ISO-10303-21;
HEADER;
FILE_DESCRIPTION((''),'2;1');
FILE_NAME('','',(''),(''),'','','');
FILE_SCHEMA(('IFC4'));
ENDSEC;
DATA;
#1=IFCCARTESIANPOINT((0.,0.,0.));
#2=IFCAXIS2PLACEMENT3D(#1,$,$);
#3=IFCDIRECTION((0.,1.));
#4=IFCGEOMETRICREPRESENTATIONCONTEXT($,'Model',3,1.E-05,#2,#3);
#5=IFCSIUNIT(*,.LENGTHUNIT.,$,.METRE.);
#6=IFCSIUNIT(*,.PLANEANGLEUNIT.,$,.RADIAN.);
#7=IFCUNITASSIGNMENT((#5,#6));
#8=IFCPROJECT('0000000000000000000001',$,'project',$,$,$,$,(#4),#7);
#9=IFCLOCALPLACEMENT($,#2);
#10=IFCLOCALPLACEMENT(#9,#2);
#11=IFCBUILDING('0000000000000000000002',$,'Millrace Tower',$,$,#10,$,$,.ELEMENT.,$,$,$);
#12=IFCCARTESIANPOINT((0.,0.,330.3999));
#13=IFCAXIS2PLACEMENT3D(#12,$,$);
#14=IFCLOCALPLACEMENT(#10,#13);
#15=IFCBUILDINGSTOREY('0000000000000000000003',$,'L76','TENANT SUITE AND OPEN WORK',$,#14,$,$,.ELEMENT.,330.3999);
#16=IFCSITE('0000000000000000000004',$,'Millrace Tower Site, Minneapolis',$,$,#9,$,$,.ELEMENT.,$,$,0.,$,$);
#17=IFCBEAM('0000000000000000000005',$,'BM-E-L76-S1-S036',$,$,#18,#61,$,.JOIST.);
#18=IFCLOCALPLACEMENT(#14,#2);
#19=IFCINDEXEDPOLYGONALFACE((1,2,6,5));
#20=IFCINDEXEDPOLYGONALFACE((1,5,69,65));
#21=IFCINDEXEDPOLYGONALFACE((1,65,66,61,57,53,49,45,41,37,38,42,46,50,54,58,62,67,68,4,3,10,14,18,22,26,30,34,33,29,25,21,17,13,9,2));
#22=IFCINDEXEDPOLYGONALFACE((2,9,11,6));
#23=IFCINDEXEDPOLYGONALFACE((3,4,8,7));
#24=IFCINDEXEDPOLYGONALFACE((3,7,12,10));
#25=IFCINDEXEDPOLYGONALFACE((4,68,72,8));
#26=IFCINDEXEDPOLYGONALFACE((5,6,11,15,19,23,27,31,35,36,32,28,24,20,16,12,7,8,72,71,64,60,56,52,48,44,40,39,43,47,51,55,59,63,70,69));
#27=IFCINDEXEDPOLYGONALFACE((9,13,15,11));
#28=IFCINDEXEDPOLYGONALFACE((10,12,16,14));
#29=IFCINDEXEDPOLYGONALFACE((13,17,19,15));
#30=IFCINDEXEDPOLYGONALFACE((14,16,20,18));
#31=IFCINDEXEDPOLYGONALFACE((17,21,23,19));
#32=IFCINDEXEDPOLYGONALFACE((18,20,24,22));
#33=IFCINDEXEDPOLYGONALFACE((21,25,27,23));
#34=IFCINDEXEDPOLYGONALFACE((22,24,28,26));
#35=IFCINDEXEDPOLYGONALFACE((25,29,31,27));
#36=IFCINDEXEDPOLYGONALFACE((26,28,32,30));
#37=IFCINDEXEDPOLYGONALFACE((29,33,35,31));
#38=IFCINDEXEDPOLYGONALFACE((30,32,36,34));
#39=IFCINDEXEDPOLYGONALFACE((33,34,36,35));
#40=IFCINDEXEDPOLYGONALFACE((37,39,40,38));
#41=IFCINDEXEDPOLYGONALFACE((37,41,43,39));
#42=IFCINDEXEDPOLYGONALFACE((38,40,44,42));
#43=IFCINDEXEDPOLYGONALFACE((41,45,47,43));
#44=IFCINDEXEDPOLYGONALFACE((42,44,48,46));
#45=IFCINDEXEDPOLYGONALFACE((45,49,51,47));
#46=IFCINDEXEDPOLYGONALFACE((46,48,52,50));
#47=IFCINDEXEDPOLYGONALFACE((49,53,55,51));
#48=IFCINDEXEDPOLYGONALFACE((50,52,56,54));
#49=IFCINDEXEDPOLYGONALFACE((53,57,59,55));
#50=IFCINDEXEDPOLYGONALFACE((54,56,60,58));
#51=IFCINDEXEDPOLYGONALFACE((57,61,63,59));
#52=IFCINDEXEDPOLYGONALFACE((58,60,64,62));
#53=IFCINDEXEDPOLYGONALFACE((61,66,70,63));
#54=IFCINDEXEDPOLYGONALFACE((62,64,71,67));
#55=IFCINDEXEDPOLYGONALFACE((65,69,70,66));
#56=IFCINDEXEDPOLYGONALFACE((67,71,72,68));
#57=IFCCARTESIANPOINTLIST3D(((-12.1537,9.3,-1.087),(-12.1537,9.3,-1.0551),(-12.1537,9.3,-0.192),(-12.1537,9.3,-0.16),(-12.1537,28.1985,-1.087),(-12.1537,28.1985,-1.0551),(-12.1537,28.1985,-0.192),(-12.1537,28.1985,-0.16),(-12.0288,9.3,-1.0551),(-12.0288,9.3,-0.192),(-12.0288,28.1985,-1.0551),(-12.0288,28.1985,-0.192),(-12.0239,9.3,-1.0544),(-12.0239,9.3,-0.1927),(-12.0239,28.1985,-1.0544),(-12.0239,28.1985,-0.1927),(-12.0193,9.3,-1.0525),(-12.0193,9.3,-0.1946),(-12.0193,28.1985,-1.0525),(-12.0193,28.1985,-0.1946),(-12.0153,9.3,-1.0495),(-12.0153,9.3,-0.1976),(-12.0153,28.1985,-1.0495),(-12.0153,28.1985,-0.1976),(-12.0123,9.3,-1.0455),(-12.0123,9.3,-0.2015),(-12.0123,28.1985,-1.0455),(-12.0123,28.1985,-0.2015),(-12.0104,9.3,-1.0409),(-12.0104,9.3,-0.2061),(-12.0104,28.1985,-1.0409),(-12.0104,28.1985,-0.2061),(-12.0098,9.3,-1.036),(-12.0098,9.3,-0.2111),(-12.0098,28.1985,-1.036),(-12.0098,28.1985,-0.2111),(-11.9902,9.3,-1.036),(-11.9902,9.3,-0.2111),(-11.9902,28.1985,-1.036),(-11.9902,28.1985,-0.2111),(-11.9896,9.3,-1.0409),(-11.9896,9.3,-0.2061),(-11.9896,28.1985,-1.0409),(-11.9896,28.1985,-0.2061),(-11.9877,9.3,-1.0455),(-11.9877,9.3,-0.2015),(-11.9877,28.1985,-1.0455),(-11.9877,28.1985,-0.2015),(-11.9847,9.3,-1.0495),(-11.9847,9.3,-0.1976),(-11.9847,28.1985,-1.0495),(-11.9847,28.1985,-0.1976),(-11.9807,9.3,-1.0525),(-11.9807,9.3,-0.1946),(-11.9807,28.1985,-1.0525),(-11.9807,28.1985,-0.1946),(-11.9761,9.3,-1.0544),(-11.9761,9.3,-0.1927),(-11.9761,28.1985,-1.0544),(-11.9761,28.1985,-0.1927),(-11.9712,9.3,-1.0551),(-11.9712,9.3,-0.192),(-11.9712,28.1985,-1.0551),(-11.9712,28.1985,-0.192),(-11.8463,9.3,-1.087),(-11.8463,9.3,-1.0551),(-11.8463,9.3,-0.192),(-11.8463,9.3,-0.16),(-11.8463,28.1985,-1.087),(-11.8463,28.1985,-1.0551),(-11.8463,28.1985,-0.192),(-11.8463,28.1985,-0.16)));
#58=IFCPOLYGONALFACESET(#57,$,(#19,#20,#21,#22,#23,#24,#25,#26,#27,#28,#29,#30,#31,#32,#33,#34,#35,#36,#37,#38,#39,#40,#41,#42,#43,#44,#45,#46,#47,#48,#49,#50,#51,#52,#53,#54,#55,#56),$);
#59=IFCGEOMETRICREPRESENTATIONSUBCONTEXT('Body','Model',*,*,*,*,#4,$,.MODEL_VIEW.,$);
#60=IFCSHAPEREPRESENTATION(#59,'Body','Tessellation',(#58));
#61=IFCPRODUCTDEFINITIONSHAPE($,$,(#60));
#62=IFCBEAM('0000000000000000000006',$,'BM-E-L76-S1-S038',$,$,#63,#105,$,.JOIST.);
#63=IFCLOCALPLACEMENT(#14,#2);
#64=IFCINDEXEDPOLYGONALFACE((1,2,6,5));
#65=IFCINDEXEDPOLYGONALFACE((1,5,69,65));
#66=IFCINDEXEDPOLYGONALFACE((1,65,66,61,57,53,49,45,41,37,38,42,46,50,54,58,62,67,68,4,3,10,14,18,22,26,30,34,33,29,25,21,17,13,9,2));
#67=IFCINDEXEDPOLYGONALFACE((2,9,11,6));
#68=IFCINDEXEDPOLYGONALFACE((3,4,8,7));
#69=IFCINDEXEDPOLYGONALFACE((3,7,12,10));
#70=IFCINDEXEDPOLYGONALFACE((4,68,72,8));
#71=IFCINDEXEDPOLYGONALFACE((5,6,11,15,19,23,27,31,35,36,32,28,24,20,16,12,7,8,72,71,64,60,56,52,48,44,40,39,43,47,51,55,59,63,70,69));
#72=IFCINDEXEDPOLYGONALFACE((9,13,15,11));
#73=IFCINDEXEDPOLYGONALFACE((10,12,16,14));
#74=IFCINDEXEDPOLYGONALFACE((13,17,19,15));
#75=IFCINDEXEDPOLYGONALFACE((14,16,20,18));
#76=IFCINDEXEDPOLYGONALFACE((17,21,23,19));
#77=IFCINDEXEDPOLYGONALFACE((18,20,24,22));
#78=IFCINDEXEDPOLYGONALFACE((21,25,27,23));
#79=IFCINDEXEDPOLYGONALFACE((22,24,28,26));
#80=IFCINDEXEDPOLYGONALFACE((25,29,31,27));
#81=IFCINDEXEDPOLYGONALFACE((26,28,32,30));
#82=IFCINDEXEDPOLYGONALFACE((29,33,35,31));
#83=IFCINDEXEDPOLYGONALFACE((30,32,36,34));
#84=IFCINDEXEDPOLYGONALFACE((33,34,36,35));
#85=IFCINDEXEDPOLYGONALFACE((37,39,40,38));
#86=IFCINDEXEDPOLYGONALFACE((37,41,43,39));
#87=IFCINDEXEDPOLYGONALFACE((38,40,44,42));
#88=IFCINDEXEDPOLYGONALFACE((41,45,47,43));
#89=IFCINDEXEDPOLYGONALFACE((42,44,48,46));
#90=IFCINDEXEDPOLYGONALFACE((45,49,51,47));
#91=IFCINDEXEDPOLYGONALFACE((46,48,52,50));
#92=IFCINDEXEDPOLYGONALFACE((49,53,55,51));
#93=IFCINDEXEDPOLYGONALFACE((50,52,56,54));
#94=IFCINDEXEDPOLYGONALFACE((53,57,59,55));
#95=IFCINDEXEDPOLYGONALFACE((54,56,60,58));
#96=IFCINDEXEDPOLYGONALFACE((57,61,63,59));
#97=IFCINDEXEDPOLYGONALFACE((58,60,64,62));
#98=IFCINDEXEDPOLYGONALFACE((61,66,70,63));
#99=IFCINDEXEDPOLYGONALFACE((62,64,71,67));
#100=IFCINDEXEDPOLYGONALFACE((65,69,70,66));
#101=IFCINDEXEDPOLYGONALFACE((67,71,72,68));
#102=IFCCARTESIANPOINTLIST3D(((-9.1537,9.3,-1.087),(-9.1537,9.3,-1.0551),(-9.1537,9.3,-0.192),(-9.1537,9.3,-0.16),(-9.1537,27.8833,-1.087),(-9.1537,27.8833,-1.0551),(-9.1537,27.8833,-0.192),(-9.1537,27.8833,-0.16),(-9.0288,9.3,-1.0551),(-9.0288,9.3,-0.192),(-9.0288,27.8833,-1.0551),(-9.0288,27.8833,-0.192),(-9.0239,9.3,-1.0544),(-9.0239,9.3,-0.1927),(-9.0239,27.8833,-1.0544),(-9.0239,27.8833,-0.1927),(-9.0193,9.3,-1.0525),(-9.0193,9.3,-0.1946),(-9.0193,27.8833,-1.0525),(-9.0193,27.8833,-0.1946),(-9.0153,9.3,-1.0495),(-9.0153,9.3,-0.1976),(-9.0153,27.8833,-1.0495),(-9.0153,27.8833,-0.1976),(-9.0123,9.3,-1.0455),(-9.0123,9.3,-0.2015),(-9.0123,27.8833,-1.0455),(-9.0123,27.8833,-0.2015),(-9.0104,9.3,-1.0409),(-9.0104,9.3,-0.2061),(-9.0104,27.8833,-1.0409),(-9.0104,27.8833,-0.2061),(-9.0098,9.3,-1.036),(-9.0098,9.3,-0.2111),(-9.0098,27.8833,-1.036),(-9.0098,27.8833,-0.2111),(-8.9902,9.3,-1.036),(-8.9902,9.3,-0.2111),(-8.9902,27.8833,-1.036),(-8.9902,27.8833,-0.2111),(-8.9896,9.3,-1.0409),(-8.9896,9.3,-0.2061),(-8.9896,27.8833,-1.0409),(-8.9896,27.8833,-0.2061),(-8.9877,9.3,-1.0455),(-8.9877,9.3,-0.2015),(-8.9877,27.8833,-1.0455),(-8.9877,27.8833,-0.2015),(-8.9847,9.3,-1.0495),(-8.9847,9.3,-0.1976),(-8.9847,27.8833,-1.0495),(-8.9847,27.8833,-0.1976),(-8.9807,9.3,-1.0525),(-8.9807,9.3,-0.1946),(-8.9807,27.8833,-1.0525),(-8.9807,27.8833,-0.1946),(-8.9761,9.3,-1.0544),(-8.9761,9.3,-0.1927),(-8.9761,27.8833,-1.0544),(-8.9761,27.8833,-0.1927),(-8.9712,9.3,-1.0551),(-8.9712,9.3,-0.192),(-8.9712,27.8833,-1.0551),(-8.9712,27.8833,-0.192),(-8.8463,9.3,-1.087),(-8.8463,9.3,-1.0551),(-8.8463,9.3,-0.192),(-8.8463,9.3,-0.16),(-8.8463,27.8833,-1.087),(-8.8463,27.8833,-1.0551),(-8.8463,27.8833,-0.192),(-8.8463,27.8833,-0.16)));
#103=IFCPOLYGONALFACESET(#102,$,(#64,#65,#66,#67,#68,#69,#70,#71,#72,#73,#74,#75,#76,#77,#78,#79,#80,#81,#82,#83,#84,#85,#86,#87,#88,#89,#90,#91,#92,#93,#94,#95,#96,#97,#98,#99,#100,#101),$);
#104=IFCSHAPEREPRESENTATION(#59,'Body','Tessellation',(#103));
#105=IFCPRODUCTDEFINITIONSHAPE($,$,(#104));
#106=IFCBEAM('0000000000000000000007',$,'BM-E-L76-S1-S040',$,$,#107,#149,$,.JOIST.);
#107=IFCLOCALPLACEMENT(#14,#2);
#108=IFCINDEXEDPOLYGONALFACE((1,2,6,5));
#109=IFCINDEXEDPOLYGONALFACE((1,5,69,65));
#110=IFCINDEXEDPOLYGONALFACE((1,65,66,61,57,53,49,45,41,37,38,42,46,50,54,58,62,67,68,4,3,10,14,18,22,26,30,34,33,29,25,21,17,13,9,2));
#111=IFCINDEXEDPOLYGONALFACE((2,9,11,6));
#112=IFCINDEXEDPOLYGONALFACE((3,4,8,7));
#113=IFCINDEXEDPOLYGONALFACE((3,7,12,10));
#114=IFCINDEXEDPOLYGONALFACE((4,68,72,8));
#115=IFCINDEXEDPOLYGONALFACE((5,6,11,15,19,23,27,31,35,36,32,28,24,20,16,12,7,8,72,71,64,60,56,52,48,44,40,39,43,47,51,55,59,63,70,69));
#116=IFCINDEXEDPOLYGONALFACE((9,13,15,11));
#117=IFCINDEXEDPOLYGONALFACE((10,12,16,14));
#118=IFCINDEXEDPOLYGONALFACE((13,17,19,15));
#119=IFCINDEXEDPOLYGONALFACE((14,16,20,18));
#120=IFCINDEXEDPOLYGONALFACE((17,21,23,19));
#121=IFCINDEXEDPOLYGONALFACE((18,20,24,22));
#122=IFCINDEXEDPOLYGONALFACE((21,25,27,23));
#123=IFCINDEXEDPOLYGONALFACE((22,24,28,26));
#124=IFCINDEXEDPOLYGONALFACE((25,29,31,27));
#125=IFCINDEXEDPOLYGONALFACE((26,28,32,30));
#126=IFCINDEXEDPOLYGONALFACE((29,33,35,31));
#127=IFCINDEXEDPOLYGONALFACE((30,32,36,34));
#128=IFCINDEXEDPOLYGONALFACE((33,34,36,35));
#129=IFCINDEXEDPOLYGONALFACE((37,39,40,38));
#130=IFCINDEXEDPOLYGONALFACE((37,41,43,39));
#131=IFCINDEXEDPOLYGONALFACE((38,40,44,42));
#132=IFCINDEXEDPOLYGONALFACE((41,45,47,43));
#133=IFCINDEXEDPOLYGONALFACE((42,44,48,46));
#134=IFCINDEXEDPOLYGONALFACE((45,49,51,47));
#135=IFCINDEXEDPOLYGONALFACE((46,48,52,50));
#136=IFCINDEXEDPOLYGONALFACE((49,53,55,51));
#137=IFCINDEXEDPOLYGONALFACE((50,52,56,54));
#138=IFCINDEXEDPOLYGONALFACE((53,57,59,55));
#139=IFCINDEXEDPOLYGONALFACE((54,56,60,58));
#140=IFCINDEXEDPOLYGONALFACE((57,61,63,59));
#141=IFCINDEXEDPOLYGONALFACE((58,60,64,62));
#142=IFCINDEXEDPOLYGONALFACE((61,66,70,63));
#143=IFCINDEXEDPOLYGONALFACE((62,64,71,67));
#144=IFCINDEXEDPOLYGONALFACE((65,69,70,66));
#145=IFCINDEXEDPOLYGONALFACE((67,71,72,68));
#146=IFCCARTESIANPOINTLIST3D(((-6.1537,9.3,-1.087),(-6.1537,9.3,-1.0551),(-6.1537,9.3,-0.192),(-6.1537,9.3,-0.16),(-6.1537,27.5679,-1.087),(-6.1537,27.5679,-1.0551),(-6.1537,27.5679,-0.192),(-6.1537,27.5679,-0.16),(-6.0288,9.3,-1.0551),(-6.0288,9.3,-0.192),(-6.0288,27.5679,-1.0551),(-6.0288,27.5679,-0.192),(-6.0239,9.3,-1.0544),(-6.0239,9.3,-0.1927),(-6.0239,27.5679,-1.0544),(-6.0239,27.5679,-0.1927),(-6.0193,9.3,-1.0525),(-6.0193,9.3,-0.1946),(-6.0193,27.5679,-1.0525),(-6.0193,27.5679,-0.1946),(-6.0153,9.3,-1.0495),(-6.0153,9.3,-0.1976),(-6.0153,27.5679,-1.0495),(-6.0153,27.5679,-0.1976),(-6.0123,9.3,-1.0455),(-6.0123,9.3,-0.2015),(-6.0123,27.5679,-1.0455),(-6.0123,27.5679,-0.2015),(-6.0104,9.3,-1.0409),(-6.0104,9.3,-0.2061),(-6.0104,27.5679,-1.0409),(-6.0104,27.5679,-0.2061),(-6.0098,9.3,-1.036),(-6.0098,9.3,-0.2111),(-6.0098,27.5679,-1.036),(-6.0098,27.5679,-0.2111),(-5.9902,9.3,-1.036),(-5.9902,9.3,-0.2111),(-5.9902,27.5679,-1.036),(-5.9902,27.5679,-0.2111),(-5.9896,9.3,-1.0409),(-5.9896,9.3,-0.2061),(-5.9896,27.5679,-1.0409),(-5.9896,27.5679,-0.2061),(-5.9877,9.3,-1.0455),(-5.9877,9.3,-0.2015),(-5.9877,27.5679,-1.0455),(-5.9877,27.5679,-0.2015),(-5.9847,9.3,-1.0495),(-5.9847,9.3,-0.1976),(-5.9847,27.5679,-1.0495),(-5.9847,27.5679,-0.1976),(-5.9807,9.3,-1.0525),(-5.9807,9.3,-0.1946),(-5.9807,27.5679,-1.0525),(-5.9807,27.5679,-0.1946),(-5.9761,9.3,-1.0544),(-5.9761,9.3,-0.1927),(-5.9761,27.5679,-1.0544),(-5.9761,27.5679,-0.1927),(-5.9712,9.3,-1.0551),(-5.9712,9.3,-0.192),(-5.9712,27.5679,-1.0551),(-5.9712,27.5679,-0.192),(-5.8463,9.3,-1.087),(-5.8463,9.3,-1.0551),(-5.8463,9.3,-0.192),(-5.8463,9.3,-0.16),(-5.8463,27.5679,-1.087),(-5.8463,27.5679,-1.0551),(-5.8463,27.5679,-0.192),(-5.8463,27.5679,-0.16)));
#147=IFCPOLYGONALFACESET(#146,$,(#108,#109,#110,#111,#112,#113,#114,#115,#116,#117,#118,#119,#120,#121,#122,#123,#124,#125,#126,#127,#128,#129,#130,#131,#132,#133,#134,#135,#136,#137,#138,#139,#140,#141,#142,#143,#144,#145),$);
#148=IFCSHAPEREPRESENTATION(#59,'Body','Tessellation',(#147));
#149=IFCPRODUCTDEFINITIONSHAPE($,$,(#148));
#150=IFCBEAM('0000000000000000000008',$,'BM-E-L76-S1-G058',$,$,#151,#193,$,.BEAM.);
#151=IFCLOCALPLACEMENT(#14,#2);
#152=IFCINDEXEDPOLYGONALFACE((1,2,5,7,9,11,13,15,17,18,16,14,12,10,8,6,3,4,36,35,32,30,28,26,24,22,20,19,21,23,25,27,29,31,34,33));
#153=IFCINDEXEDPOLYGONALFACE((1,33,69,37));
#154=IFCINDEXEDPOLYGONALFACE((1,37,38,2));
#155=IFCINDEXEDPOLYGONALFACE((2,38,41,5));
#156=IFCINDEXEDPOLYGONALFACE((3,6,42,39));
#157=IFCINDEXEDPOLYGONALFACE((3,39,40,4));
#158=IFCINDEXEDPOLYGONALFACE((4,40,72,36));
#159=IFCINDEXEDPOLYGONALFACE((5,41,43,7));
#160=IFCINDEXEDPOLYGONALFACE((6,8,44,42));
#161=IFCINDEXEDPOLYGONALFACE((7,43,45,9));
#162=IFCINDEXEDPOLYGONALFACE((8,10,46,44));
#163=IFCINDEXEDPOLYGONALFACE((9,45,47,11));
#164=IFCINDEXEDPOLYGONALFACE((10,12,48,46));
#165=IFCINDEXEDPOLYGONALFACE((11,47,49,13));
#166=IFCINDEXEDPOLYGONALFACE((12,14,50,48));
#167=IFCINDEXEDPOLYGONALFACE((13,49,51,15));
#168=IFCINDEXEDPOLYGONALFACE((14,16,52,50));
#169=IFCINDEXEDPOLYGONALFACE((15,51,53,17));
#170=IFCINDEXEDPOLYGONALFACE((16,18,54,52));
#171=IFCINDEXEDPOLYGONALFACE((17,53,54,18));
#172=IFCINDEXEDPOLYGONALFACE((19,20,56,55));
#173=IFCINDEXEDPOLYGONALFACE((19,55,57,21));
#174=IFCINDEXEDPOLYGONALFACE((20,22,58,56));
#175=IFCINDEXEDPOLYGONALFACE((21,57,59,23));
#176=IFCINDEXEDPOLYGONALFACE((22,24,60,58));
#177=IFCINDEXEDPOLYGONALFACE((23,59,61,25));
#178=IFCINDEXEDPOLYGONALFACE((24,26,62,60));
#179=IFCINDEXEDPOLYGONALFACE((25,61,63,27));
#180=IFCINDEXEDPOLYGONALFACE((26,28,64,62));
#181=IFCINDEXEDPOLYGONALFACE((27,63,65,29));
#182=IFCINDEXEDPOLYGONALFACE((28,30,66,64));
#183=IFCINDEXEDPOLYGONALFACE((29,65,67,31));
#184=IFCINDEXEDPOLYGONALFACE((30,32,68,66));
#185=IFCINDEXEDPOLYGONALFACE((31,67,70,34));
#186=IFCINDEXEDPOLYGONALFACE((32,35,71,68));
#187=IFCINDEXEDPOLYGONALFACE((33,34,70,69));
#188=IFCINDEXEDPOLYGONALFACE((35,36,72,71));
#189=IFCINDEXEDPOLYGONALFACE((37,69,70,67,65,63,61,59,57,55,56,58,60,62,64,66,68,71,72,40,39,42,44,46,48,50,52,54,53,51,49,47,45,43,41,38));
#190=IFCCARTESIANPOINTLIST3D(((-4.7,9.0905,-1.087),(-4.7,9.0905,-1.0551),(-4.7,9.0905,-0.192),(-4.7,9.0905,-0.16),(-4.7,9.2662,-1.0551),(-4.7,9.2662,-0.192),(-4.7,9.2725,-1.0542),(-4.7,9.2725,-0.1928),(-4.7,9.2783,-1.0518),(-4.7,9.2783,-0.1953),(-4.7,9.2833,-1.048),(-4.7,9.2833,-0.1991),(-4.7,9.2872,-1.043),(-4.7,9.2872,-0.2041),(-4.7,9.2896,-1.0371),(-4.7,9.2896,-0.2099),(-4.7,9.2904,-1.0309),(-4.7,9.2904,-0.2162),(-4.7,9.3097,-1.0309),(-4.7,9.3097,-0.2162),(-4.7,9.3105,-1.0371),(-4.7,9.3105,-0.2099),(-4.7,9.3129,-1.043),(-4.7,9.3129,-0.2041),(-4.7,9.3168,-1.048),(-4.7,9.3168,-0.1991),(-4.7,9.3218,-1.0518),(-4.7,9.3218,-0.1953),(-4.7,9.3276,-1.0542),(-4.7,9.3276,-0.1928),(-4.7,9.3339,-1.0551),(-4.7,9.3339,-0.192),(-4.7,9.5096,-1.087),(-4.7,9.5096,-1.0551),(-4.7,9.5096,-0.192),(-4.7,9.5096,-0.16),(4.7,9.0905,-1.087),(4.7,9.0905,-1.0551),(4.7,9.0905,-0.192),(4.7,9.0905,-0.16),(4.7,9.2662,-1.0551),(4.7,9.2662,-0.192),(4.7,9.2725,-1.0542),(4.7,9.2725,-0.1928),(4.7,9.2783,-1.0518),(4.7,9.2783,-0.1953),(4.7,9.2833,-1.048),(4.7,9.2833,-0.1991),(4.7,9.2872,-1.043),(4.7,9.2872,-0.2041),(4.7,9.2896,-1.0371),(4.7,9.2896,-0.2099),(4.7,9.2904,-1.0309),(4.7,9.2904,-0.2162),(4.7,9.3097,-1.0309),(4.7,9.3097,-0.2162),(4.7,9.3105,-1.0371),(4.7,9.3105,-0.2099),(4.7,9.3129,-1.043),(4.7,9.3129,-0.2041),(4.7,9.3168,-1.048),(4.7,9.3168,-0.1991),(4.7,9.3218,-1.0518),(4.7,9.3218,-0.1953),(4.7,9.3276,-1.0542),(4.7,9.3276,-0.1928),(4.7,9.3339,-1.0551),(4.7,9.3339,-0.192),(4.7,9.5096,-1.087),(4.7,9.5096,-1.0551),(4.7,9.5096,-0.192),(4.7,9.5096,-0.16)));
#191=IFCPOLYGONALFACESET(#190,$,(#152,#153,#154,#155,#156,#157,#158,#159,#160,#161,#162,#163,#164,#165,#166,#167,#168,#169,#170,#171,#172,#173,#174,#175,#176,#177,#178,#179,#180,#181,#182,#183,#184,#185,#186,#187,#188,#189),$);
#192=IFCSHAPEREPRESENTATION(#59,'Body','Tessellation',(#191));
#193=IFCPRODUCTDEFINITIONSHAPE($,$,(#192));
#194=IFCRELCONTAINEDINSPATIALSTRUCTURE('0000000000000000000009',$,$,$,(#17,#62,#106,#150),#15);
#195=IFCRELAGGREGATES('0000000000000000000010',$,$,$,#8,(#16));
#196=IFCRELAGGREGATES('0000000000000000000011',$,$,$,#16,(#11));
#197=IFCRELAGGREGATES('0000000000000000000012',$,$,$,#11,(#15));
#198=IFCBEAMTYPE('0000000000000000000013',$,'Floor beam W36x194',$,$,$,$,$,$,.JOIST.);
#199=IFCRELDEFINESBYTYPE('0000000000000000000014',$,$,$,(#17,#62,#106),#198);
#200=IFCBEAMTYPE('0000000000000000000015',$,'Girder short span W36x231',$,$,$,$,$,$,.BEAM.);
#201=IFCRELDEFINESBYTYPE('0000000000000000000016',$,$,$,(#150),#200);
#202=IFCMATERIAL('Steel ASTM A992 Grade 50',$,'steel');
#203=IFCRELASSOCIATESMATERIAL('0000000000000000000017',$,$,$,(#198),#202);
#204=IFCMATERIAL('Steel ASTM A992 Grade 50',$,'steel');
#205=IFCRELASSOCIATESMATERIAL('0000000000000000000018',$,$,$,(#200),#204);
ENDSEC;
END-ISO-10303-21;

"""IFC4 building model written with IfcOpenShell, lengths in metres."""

from ifc_helpers import new_model, si_unit, direction, frame, origin, origin_2d, place, context, subcontext, project, spatial, i_section, extrude, material, material_profile, profile_set, type_object, element, save


model = new_model("IFC4")

# Units and contexts
model_context = context("Model", 3, precision=1e-05, world=origin(), true_north=direction((0.0, 1.0)))
body_context = subcontext(model_context, "Body", "Model", "MODEL_VIEW")
ifc_project = project(units=[si_unit("LENGTHUNIT", "METRE"), si_unit("PLANEANGLEUNIT", "RADIAN")], contexts=[model_context])

# Site, building, storey
site_placement = place(None, origin())
site = spatial("IfcSite", under=ifc_project, at=site_placement, Name="Millrace Tower Site, Minneapolis", CompositionType="ELEMENT", RefElevation=0.0)
building_placement = place(site_placement, origin())
building = spatial("IfcBuilding", under=site, at=building_placement, Name="Millrace Tower", CompositionType="ELEMENT")
storey_placement = place(building_placement, frame((0.0, 0.0, 330.3999)))
storey = spatial("IfcBuildingStorey", under=building, at=storey_placement, Name="L76", Description="TENANT SUITE AND OPEN WORK", CompositionType="ELEMENT", Elevation=330.3999)

# Beams
ifc_material_1 = material(Name="Steel ASTM A992 Grade 50", Category="steel")
ifc_material_profile_1 = material_profile(ifc_material_1, i_section(OverallWidth=0.3074, OverallDepth=0.927, WebThickness=0.0195, FlangeThickness=0.032, FilletRadius=0.019, at=origin_2d()))
ifc_profile_set_1 = profile_set([ifc_material_profile_1], Name="Steel ASTM A992 Grade 50")
beam_type_1 = type_object("IfcBeamType", Name="Floor beam W36x194", PredefinedType="JOIST", material=ifc_profile_set_1)
beam_1_placement = place(storey_placement, frame((-12.0, 9.3, -0.6235), z_axis=(0.0, 1.0, 0.0), x_axis=(-1.0, 0.0, 0.0)))
element("IfcBeam", 1, at=beam_1_placement, inside=storey, type_object=beam_type_1, Name="BM-E-L76-S1-S036", PredefinedType="JOIST", context=body_context, shape_type="SweptSolid", body=[
    extrude(i_section(OverallWidth=0.3074, OverallDepth=0.927, WebThickness=0.0195, FlangeThickness=0.032, FilletRadius=0.019, at=origin_2d()), origin(), (0.0, 0.0, 1.0), 18.8984),
])
beam_2_placement = place(storey_placement, frame((-9.0, 9.3, -0.6235), z_axis=(0.0, 1.0, 0.0), x_axis=(-1.0, 0.0, 0.0)))
element("IfcBeam", 2, at=beam_2_placement, inside=storey, type_object=beam_type_1, Name="BM-E-L76-S1-S038", PredefinedType="JOIST", context=body_context, shape_type="SweptSolid", body=[
    extrude(i_section(OverallWidth=0.3074, OverallDepth=0.927, WebThickness=0.0195, FlangeThickness=0.032, FilletRadius=0.019, at=origin_2d()), origin(), (0.0, 0.0, 1.0), 18.5833),
])
beam_3_placement = place(storey_placement, frame((-6.0, 9.3, -0.6235), z_axis=(0.0, 1.0, 0.0), x_axis=(-1.0, 0.0, 0.0)))
element("IfcBeam", 3, at=beam_3_placement, inside=storey, type_object=beam_type_1, Name="BM-E-L76-S1-S040", PredefinedType="JOIST", context=body_context, shape_type="SweptSolid", body=[
    extrude(i_section(OverallWidth=0.3074, OverallDepth=0.927, WebThickness=0.0195, FlangeThickness=0.032, FilletRadius=0.019, at=origin_2d()), origin(), (0.0, 0.0, 1.0), 18.2678),
])
ifc_material_2 = material(Name="Steel ASTM A992 Grade 50", Category="steel")
ifc_material_profile_2 = material_profile(ifc_material_2, i_section(OverallWidth=0.4192, OverallDepth=0.927, WebThickness=0.0193, FlangeThickness=0.032, FilletRadius=0.0242, at=origin_2d()))
ifc_profile_set_2 = profile_set([ifc_material_profile_2], Name="Steel ASTM A992 Grade 50")
beam_type_2 = type_object("IfcBeamType", Name="Girder short span W36x231", PredefinedType="BEAM", material=ifc_profile_set_2)
beam_4_placement = place(storey_placement, frame((-4.7, 9.3, -0.6235), z_axis=(1.0, 0.0, 0.0), x_axis=(0.0, 1.0, 0.0)))
element("IfcBeam", 4, at=beam_4_placement, inside=storey, type_object=beam_type_2, Name="BM-E-L76-S1-G058", PredefinedType="BEAM", context=body_context, shape_type="SweptSolid", body=[
    extrude(i_section(OverallWidth=0.4192, OverallDepth=0.927, WebThickness=0.0193, FlangeThickness=0.032, FilletRadius=0.0242, at=origin_2d()), origin(), (0.0, 0.0, 1.0), 9.3999),
])

save(model, "model.ifc")
